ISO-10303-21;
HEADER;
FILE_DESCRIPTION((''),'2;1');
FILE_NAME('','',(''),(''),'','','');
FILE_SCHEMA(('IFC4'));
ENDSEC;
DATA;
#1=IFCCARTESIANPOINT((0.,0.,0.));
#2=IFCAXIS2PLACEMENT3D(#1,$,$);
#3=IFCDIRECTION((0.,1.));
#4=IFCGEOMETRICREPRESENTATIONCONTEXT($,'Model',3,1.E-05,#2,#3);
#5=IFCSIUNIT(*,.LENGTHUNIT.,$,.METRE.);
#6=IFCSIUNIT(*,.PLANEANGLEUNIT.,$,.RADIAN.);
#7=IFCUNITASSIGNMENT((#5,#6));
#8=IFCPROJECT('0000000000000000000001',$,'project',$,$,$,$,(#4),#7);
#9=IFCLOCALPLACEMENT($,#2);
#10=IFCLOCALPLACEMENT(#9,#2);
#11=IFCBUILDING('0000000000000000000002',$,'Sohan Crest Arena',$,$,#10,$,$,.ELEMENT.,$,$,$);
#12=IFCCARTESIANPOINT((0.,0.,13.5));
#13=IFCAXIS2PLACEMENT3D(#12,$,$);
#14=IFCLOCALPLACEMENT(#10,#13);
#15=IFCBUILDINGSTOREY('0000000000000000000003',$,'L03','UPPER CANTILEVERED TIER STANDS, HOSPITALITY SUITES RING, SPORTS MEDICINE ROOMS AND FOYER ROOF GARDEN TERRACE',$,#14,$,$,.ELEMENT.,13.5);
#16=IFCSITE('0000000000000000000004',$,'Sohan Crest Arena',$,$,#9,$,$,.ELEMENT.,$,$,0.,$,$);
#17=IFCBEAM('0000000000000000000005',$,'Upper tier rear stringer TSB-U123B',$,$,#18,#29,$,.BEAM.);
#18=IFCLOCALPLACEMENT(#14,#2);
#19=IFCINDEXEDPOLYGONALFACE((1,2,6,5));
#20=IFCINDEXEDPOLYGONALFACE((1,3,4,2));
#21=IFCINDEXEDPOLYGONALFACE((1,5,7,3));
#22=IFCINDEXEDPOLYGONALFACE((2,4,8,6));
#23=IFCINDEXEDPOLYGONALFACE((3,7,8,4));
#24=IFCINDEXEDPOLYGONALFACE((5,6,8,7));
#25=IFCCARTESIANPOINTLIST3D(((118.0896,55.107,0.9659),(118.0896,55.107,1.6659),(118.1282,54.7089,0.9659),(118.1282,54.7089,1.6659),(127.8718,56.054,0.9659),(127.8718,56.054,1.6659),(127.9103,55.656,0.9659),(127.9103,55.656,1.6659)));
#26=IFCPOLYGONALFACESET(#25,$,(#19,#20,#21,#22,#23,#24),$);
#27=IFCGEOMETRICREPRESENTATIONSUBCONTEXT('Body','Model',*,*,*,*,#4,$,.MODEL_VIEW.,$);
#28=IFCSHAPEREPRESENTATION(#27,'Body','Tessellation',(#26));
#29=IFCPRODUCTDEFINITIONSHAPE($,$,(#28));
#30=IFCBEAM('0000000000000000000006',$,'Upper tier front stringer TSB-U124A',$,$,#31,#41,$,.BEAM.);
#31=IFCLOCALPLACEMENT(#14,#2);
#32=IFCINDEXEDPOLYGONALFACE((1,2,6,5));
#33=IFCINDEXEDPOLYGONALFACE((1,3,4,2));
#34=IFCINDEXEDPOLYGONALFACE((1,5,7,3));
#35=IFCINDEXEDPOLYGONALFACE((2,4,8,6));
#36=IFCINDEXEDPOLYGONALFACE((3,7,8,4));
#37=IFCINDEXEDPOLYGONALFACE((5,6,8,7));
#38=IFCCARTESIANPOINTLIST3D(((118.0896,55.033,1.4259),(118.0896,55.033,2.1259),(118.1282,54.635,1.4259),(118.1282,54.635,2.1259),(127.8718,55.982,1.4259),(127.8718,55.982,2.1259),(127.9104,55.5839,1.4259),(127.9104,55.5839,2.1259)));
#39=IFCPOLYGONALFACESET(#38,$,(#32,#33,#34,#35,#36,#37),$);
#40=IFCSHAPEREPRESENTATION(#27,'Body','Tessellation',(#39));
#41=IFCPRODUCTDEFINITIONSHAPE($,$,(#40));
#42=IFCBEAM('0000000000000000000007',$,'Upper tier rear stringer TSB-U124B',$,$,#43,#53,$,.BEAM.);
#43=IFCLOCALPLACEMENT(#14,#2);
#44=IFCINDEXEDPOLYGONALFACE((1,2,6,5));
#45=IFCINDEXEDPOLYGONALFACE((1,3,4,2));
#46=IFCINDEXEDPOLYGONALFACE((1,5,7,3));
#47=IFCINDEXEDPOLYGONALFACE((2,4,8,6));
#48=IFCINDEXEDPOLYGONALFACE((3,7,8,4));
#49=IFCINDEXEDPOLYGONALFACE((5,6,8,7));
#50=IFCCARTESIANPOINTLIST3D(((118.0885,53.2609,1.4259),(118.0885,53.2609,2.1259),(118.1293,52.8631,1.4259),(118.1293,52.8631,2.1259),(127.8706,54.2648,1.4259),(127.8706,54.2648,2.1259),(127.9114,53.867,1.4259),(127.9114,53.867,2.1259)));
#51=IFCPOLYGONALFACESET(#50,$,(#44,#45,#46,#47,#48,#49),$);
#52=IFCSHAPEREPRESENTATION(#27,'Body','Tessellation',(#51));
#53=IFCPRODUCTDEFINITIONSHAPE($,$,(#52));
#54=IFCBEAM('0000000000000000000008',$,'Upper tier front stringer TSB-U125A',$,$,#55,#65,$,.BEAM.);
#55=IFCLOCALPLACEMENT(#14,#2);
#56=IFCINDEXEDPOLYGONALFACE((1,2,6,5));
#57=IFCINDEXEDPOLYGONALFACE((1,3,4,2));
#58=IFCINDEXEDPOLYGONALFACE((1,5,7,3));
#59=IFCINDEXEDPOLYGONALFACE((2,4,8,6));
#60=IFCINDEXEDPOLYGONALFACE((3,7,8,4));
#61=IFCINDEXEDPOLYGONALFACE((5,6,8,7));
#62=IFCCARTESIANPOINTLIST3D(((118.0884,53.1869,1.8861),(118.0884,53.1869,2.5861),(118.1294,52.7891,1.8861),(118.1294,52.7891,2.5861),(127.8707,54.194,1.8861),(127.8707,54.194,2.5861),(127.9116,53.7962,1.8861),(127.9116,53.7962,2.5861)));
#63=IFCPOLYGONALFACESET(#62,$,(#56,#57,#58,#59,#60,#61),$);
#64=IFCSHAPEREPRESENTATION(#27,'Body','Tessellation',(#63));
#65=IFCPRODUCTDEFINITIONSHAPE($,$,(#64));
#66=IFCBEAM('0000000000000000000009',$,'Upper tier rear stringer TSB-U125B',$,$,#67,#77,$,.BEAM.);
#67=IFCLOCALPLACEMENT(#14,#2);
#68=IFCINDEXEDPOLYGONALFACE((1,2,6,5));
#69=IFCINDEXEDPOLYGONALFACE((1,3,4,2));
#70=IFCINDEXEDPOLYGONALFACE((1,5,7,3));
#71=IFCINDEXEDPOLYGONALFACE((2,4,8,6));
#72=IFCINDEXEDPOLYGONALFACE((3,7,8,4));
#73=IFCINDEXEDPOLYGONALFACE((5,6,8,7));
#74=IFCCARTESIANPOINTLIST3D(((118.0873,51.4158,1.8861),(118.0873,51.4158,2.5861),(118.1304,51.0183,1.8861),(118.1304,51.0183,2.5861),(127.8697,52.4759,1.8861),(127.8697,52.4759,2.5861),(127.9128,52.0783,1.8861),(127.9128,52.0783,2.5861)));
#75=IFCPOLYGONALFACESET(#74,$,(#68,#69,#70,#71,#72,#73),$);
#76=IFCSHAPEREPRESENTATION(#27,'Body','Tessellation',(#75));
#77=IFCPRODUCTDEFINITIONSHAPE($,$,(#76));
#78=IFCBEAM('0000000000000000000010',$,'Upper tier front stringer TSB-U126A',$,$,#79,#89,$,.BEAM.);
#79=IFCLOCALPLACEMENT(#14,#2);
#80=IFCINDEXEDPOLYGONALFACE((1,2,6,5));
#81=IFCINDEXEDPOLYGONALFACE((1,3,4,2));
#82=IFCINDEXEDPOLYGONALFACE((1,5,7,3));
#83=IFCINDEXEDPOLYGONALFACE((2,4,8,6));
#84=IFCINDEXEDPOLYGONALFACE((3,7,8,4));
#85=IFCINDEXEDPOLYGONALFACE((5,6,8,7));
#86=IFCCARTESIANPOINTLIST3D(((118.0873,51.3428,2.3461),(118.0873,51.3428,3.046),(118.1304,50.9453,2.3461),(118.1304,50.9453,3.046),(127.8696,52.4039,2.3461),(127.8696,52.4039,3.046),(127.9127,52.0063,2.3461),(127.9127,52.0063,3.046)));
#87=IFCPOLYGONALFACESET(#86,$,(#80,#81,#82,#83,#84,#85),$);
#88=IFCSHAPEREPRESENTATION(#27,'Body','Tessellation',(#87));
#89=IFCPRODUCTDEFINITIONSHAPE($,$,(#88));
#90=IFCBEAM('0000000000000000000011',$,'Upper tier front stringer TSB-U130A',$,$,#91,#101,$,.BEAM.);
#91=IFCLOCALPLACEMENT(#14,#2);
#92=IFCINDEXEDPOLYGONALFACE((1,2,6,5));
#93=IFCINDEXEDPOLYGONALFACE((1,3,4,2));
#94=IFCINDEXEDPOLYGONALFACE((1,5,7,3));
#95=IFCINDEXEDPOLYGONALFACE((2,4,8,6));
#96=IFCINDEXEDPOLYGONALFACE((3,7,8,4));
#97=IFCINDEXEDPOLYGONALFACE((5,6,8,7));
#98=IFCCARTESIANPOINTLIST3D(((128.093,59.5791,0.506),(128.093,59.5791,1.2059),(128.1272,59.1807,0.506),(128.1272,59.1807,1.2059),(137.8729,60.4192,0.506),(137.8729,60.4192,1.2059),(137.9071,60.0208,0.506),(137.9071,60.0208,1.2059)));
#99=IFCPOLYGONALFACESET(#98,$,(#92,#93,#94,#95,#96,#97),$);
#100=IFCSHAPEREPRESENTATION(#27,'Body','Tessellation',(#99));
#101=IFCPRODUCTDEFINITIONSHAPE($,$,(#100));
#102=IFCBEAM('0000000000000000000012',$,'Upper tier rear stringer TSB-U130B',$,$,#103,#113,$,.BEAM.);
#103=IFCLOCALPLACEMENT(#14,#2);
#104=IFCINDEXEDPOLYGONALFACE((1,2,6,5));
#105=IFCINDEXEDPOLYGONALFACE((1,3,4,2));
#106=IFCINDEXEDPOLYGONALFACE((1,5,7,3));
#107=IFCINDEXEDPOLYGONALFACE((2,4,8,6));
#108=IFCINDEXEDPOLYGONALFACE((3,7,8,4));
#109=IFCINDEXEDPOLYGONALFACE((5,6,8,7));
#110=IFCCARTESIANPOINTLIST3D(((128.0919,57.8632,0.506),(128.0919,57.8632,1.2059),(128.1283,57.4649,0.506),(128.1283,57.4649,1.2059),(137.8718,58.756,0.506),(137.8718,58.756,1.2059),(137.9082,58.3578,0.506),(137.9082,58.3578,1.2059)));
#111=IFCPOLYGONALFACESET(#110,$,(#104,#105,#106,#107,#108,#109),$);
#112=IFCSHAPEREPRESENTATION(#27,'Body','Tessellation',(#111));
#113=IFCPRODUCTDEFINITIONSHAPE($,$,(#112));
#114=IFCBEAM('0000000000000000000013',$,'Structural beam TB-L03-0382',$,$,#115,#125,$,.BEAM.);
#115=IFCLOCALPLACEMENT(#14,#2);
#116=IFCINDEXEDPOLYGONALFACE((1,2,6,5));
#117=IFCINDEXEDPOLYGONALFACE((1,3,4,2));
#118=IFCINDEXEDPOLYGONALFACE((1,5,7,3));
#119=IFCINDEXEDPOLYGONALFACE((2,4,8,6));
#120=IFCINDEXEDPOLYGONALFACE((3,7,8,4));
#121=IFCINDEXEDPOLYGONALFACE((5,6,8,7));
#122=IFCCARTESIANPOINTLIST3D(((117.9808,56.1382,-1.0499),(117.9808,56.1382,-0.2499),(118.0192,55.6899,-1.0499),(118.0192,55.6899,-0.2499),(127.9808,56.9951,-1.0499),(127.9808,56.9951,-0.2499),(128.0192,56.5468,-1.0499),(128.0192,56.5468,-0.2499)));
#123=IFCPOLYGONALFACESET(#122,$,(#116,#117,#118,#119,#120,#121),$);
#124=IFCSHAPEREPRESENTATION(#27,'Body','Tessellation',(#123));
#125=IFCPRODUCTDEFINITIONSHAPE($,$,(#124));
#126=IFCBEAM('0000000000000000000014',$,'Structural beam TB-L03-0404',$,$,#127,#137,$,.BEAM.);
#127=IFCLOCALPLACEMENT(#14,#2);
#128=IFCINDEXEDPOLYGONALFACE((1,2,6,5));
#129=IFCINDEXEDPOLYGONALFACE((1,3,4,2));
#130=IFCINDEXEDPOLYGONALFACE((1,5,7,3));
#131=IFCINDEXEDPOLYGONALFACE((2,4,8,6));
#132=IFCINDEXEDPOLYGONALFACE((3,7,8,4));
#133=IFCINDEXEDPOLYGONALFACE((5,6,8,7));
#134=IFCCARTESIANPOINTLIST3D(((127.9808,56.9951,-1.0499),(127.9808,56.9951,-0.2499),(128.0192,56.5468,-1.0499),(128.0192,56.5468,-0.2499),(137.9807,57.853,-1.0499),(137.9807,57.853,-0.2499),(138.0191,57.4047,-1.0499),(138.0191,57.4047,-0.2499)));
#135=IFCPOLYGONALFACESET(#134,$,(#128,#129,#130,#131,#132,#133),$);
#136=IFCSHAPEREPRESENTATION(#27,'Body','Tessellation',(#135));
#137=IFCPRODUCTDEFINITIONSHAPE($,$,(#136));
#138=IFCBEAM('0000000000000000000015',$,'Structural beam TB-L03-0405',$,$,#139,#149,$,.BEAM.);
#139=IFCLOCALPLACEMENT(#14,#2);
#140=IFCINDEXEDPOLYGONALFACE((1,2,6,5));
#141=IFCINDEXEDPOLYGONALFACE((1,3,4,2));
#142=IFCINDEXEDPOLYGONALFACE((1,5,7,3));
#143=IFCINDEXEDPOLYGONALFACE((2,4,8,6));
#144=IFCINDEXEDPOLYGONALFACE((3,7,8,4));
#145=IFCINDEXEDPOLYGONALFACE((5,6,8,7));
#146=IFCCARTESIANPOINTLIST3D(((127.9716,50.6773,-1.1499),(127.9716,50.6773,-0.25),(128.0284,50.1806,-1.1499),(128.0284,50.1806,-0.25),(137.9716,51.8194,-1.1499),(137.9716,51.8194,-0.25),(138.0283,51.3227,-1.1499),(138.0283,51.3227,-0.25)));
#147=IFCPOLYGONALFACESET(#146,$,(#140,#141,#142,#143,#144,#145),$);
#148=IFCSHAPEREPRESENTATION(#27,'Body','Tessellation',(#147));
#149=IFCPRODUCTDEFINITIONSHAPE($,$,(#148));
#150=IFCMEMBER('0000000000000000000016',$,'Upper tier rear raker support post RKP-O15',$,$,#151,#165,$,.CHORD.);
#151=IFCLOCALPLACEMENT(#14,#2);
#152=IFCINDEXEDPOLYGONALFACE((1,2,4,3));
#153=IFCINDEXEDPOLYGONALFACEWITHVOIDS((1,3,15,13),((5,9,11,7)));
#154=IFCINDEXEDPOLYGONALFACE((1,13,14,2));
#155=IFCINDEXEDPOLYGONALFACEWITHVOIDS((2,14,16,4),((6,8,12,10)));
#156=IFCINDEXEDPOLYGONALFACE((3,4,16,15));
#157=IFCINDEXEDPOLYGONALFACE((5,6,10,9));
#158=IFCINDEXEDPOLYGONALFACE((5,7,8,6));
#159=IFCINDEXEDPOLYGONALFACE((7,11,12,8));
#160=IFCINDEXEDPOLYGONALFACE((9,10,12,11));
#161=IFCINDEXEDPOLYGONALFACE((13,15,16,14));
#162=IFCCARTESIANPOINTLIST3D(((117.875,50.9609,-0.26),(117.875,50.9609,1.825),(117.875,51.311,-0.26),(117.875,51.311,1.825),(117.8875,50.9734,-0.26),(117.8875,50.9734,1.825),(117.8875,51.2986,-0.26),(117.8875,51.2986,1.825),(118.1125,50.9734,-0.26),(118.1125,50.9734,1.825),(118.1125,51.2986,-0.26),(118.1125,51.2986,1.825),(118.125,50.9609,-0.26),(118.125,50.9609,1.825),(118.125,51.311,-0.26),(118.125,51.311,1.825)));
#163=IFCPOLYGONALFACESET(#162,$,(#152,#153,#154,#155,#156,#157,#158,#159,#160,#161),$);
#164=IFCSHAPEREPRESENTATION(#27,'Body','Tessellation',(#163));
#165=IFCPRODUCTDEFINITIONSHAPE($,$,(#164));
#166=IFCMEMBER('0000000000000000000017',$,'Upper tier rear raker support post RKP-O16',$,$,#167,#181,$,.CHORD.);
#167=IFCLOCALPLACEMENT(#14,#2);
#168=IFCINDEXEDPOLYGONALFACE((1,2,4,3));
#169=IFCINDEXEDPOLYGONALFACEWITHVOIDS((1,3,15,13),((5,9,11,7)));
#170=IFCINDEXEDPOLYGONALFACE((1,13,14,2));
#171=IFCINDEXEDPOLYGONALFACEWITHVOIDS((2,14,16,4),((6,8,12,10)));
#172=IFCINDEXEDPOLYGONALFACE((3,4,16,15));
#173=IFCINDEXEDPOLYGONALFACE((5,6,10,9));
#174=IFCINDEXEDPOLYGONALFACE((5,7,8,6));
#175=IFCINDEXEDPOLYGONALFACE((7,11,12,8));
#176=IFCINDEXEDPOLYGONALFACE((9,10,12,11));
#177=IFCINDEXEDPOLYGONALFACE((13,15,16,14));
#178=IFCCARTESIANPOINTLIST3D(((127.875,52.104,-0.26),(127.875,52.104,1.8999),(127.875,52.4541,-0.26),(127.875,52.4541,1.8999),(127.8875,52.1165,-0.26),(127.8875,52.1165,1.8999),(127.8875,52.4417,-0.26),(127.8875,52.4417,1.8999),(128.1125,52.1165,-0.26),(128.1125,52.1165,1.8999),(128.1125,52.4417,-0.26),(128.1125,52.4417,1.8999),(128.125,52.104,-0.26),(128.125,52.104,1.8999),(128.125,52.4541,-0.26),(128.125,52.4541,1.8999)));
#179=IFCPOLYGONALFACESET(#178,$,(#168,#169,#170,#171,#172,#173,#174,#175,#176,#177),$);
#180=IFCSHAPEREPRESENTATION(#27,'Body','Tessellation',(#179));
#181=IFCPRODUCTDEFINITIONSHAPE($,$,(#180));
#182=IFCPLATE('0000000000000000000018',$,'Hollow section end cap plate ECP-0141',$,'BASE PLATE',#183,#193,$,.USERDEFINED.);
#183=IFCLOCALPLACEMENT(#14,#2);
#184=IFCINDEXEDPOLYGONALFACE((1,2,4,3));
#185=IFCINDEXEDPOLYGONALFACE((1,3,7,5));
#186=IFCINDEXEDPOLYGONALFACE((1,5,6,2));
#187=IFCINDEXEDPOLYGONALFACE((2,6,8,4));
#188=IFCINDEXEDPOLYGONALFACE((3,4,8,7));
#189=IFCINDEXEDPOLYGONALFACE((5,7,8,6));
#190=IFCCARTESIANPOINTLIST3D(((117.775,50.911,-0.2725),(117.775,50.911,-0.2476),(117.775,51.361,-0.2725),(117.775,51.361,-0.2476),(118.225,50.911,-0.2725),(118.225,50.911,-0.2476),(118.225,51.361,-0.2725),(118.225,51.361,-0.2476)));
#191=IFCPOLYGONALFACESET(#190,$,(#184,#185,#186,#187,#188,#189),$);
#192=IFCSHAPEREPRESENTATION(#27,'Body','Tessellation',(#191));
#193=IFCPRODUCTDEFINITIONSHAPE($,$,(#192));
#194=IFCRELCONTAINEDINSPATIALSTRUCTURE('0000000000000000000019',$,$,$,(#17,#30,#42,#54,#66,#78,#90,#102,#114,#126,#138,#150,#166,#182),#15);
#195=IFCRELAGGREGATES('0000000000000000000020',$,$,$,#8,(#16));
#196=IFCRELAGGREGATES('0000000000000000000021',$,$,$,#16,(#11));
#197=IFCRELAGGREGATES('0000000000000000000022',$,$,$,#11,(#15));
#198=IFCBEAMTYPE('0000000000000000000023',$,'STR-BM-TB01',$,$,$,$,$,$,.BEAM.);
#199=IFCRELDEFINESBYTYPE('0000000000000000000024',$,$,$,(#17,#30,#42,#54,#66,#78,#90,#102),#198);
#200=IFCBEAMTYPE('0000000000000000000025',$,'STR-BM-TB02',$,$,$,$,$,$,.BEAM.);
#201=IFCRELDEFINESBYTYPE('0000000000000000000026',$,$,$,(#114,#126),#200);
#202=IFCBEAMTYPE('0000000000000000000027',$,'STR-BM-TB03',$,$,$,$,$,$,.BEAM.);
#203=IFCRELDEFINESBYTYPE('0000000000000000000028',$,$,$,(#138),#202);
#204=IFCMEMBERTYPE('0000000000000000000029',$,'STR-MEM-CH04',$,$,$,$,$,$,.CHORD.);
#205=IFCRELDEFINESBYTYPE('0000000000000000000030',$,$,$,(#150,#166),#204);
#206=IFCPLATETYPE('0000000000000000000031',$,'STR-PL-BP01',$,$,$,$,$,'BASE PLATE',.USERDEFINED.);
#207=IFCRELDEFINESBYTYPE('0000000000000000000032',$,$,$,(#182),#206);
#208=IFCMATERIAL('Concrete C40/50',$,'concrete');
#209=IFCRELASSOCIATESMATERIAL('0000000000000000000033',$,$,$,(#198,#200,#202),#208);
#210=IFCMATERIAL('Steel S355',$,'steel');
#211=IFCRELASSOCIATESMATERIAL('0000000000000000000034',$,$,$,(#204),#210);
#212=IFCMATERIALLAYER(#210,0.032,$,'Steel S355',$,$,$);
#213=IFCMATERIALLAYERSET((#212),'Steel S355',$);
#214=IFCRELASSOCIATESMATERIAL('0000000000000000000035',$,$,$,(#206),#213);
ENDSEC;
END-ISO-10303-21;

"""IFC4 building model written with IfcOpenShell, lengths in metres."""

from ifc_helpers import new_model, si_unit, direction, frame, origin, origin_2d, place, context, subcontext, project, spatial, rectangle, hollow_rectangle, extrude, material, layer, layer_set, material_profile, profile_set, type_object, element, save


model = new_model("IFC4")

# Units and contexts
model_context = context("Model", 3, precision=1e-05, world=origin(), true_north=direction((0.0, 1.0)))
body_context = subcontext(model_context, "Body", "Model", "MODEL_VIEW")
ifc_project = project(units=[si_unit("LENGTHUNIT", "METRE"), si_unit("PLANEANGLEUNIT", "RADIAN")], contexts=[model_context])

# Site, building, storey
site_placement = place(None, origin())
site = spatial("IfcSite", under=ifc_project, at=site_placement, Name="Sohan Crest Arena", CompositionType="ELEMENT", RefElevation=0.0)
building_placement = place(site_placement, origin())
building = spatial("IfcBuilding", under=site, at=building_placement, Name="Sohan Crest Arena", CompositionType="ELEMENT")
storey_placement = place(building_placement, frame((0.0, 0.0, 13.5)))
storey = spatial("IfcBuildingStorey", under=building, at=storey_placement, Name="L03", Description="UPPER CANTILEVERED TIER STANDS, HOSPITALITY SUITES RING, SPORTS MEDICINE ROOMS AND FOYER ROOF GARDEN TERRACE", CompositionType="ELEMENT", Elevation=13.5)

# Shared definitions
ifc_material_1 = material(Name="Concrete C40/50", Category="concrete")

# Beams
ifc_material_2 = material(Name="Steel S355", Category="steel")
ifc_material_profile_1 = material_profile(ifc_material_1, rectangle(XDim=0.3999, YDim=0.7, at=origin_2d()), Name="RC-BM 400x700")
ifc_profile_set_1 = profile_set([ifc_material_profile_1], Name="Concrete C40/50")
beam_type_1 = type_object("IfcBeamType", Name="STR-BM-TB01", PredefinedType="BEAM", material=ifc_profile_set_1)
beam_1_placement = place(storey_placement, frame((118.1089, 54.908, 1.3159), z_axis=(0.995347, 0.09636, 0.0), x_axis=(-0.09636, 0.995347, 0.0)))
element("IfcBeam", 1, at=beam_1_placement, inside=storey, type_object=beam_type_1, Name="Upper tier rear stringer TSB-U123B", PredefinedType="BEAM", context=body_context, shape_type="SweptSolid", body=[
    extrude(rectangle(XDim=0.3999, YDim=0.7, at=origin_2d()), origin(), (0.0, 0.0, 1.0), 9.8279),
])
beam_2_placement = place(storey_placement, frame((118.1089, 54.834, 1.7759), z_axis=(0.995327, 0.096557, 0.0), x_axis=(-0.096557, 0.995327, 0.0)))
element("IfcBeam", 2, at=beam_2_placement, inside=storey, type_object=beam_type_1, Name="Upper tier front stringer TSB-U124A", PredefinedType="BEAM", context=body_context, shape_type="SweptSolid", body=[
    extrude(rectangle(XDim=0.3999, YDim=0.7, at=origin_2d()), origin(), (0.0, 0.0, 1.0), 9.8281),
])
beam_3_placement = place(storey_placement, frame((118.1089, 53.062, 1.7759), z_axis=(0.994775, 0.102089, 0.0), x_axis=(-0.102089, 0.994775, 0.0)))
element("IfcBeam", 3, at=beam_3_placement, inside=storey, type_object=beam_type_1, Name="Upper tier rear stringer TSB-U124B", PredefinedType="BEAM", context=body_context, shape_type="SweptSolid", body=[
    extrude(rectangle(XDim=0.3999, YDim=0.7, at=origin_2d()), origin(), (0.0, 0.0, 1.0), 9.8335),
])
beam_4_placement = place(storey_placement, frame((118.1089, 52.988, 2.2361), z_axis=(0.994742, 0.102409, 0.0), x_axis=(-0.102409, 0.994742, 0.0)))
element("IfcBeam", 4, at=beam_4_placement, inside=storey, type_object=beam_type_1, Name="Upper tier front stringer TSB-U125A", PredefinedType="BEAM", context=body_context, shape_type="SweptSolid", body=[
    extrude(rectangle(XDim=0.3999, YDim=0.7, at=origin_2d()), origin(), (0.0, 0.0, 1.0), 9.834),
])
for number, where, z_axis, x_axis, name in (
    (5, (118.1089, 51.217, 2.2361), (0.99418, 0.107735, 0.0), (-0.107735, 0.99418, 0.0), "Upper tier rear stringer TSB-U125B"),
    (6, (118.1089, 51.144, 2.696), (0.994169, 0.107833, 0.0), (-0.107833, 0.994169, 0.0), "Upper tier front stringer TSB-U126A"),
):
    element("IfcBeam", number, at=place(storey_placement, frame(where, z_axis=z_axis, x_axis=x_axis)), inside=storey, type_object=beam_type_1, Name=name, PredefinedType="BEAM", context=body_context, shape_type="SweptSolid", body=[
        extrude(rectangle(XDim=0.3999, YDim=0.7, at=origin_2d()), origin(), (0.0, 0.0, 1.0), 9.8396),
    ])
beam_5_placement = place(storey_placement, frame((128.1101, 59.3799, 0.856), z_axis=(0.996331, 0.085585, 0.0), x_axis=(-0.085585, 0.996331, 0.0)))
element("IfcBeam", 7, at=beam_5_placement, inside=storey, type_object=beam_type_1, Name="Upper tier front stringer TSB-U130A", PredefinedType="BEAM", context=body_context, shape_type="SweptSolid", body=[
    extrude(rectangle(XDim=0.3999, YDim=0.7, at=origin_2d()), origin(), (0.0, 0.0, 1.0), 9.8159),
])
beam_6_placement = place(storey_placement, frame((128.1101, 57.6641, 0.856), z_axis=(0.995859, 0.090915, 0.0), x_axis=(-0.090915, 0.995859, 0.0)))
element("IfcBeam", 8, at=beam_6_placement, inside=storey, type_object=beam_type_1, Name="Upper tier rear stringer TSB-U130B", PredefinedType="BEAM", context=body_context, shape_type="SweptSolid", body=[
    extrude(rectangle(XDim=0.3999, YDim=0.7, at=origin_2d()), origin(), (0.0, 0.0, 1.0), 9.8206),
])
ifc_material_profile_2 = material_profile(ifc_material_1, rectangle(XDim=0.45, YDim=0.8, at=origin_2d()), Name="RC-BM 450x800")
ifc_profile_set_2 = profile_set([ifc_material_profile_2], Name="Concrete C40/50")
beam_type_2 = type_object("IfcBeamType", Name="STR-BM-TB02", PredefinedType="BEAM", material=ifc_profile_set_2)
for number, where, z_axis, x_axis, name in (
    (9, (118.0, 55.9141, -0.6499), (0.996348, 0.08538, 0.0), (-0.08538, 0.996348, 0.0), "Structural beam TB-L03-0382"),
    (10, (128.0, 56.771, -0.6499), (0.99634, 0.085477, 0.0), (-0.085477, 0.99634, 0.0), "Structural beam TB-L03-0404"),
):
    element("IfcBeam", number, at=place(storey_placement, frame(where, z_axis=z_axis, x_axis=x_axis)), inside=storey, type_object=beam_type_2, Name=name, PredefinedType="BEAM", context=body_context, shape_type="SweptSolid", body=[
        extrude(rectangle(XDim=0.45, YDim=0.8, at=origin_2d()), origin(), (0.0, 0.0, 1.0), 10.0366),
    ])
ifc_material_profile_3 = material_profile(ifc_material_1, rectangle(XDim=0.5, YDim=0.8999, at=origin_2d()), Name="RC-BM 500x900")
ifc_profile_set_3 = profile_set([ifc_material_profile_3], Name="Concrete C40/50")
beam_type_3 = type_object("IfcBeamType", Name="STR-BM-TB03", PredefinedType="BEAM", material=ifc_profile_set_3)
beam_7_placement = place(storey_placement, frame((128.0, 50.429, -0.7), z_axis=(0.993541, 0.113471, 0.0), x_axis=(-0.113471, 0.993541, 0.0)))
element("IfcBeam", 11, at=beam_7_placement, inside=storey, type_object=beam_type_3, Name="Structural beam TB-L03-0405", PredefinedType="BEAM", context=body_context, shape_type="SweptSolid", body=[
    extrude(rectangle(XDim=0.5, YDim=0.8999, at=origin_2d()), origin(), (0.0, 0.0, 1.0), 10.0649),
])

# Members
ifc_material_profile_4 = material_profile(ifc_material_2, hollow_rectangle(XDim=0.25, YDim=0.3501, WallThickness=0.0125, at=origin_2d()), Name="RHS 350x250x12.5")
ifc_profile_set_4 = profile_set([ifc_material_profile_4], Name="Steel S355")
member_type = type_object("IfcMemberType", Name="STR-MEM-CH04", PredefinedType="CHORD", material=ifc_profile_set_4)
member_1_placement = place(storey_placement, frame((118.0, 51.136, -0.26), z_axis=(0.0, 0.0, 1.0), x_axis=(1.0, 0.0, 0.0)))
element("IfcMember", 12, at=member_1_placement, inside=storey, type_object=member_type, Name="Upper tier rear raker support post RKP-O15", PredefinedType="CHORD", context=body_context, shape_type="SweptSolid", body=[
    extrude(hollow_rectangle(XDim=0.25, YDim=0.3501, WallThickness=0.0125, at=origin_2d()), origin(), (0.0, 0.0, 1.0), 2.085),
])
member_2_placement = place(storey_placement, frame((128.0, 52.2791, -0.26), z_axis=(0.0, 0.0, 1.0), x_axis=(1.0, 0.0, 0.0)))
element("IfcMember", 13, at=member_2_placement, inside=storey, type_object=member_type, Name="Upper tier rear raker support post RKP-O16", PredefinedType="CHORD", context=body_context, shape_type="SweptSolid", body=[
    extrude(hollow_rectangle(XDim=0.25, YDim=0.3501, WallThickness=0.0125, at=origin_2d()), origin(), (0.0, 0.0, 1.0), 2.1599),
])

# Plate
ifc_layer_1 = layer(ifc_material_2, 0.032, Name="Steel S355")
ifc_layer_set_1 = layer_set([ifc_layer_1], Name="Steel S355")
plate_type = type_object("IfcPlateType", Name="STR-PL-BP01", ElementType="BASE PLATE", PredefinedType="USERDEFINED", material=ifc_layer_set_1)
for number, where, z_axis, x_axis, name in (
    (14, (118.0, 51.136, -0.2725), (0.0, 0.0, 1.0), (1.0, 0.0, 0.0), "Hollow section end cap plate ECP-0141"),
):
    element("IfcPlate", number, at=place(storey_placement, frame(where, z_axis=z_axis, x_axis=x_axis)), inside=storey, type_object=plate_type, Name=name, ObjectType="BASE PLATE", PredefinedType="USERDEFINED", context=body_context, shape_type="SweptSolid", body=[
        extrude(rectangle(XDim=0.45, YDim=0.45, at=origin_2d()), origin(), (0.0, 0.0, 1.0), 0.0249),
    ])

save(model, "model.ifc")
